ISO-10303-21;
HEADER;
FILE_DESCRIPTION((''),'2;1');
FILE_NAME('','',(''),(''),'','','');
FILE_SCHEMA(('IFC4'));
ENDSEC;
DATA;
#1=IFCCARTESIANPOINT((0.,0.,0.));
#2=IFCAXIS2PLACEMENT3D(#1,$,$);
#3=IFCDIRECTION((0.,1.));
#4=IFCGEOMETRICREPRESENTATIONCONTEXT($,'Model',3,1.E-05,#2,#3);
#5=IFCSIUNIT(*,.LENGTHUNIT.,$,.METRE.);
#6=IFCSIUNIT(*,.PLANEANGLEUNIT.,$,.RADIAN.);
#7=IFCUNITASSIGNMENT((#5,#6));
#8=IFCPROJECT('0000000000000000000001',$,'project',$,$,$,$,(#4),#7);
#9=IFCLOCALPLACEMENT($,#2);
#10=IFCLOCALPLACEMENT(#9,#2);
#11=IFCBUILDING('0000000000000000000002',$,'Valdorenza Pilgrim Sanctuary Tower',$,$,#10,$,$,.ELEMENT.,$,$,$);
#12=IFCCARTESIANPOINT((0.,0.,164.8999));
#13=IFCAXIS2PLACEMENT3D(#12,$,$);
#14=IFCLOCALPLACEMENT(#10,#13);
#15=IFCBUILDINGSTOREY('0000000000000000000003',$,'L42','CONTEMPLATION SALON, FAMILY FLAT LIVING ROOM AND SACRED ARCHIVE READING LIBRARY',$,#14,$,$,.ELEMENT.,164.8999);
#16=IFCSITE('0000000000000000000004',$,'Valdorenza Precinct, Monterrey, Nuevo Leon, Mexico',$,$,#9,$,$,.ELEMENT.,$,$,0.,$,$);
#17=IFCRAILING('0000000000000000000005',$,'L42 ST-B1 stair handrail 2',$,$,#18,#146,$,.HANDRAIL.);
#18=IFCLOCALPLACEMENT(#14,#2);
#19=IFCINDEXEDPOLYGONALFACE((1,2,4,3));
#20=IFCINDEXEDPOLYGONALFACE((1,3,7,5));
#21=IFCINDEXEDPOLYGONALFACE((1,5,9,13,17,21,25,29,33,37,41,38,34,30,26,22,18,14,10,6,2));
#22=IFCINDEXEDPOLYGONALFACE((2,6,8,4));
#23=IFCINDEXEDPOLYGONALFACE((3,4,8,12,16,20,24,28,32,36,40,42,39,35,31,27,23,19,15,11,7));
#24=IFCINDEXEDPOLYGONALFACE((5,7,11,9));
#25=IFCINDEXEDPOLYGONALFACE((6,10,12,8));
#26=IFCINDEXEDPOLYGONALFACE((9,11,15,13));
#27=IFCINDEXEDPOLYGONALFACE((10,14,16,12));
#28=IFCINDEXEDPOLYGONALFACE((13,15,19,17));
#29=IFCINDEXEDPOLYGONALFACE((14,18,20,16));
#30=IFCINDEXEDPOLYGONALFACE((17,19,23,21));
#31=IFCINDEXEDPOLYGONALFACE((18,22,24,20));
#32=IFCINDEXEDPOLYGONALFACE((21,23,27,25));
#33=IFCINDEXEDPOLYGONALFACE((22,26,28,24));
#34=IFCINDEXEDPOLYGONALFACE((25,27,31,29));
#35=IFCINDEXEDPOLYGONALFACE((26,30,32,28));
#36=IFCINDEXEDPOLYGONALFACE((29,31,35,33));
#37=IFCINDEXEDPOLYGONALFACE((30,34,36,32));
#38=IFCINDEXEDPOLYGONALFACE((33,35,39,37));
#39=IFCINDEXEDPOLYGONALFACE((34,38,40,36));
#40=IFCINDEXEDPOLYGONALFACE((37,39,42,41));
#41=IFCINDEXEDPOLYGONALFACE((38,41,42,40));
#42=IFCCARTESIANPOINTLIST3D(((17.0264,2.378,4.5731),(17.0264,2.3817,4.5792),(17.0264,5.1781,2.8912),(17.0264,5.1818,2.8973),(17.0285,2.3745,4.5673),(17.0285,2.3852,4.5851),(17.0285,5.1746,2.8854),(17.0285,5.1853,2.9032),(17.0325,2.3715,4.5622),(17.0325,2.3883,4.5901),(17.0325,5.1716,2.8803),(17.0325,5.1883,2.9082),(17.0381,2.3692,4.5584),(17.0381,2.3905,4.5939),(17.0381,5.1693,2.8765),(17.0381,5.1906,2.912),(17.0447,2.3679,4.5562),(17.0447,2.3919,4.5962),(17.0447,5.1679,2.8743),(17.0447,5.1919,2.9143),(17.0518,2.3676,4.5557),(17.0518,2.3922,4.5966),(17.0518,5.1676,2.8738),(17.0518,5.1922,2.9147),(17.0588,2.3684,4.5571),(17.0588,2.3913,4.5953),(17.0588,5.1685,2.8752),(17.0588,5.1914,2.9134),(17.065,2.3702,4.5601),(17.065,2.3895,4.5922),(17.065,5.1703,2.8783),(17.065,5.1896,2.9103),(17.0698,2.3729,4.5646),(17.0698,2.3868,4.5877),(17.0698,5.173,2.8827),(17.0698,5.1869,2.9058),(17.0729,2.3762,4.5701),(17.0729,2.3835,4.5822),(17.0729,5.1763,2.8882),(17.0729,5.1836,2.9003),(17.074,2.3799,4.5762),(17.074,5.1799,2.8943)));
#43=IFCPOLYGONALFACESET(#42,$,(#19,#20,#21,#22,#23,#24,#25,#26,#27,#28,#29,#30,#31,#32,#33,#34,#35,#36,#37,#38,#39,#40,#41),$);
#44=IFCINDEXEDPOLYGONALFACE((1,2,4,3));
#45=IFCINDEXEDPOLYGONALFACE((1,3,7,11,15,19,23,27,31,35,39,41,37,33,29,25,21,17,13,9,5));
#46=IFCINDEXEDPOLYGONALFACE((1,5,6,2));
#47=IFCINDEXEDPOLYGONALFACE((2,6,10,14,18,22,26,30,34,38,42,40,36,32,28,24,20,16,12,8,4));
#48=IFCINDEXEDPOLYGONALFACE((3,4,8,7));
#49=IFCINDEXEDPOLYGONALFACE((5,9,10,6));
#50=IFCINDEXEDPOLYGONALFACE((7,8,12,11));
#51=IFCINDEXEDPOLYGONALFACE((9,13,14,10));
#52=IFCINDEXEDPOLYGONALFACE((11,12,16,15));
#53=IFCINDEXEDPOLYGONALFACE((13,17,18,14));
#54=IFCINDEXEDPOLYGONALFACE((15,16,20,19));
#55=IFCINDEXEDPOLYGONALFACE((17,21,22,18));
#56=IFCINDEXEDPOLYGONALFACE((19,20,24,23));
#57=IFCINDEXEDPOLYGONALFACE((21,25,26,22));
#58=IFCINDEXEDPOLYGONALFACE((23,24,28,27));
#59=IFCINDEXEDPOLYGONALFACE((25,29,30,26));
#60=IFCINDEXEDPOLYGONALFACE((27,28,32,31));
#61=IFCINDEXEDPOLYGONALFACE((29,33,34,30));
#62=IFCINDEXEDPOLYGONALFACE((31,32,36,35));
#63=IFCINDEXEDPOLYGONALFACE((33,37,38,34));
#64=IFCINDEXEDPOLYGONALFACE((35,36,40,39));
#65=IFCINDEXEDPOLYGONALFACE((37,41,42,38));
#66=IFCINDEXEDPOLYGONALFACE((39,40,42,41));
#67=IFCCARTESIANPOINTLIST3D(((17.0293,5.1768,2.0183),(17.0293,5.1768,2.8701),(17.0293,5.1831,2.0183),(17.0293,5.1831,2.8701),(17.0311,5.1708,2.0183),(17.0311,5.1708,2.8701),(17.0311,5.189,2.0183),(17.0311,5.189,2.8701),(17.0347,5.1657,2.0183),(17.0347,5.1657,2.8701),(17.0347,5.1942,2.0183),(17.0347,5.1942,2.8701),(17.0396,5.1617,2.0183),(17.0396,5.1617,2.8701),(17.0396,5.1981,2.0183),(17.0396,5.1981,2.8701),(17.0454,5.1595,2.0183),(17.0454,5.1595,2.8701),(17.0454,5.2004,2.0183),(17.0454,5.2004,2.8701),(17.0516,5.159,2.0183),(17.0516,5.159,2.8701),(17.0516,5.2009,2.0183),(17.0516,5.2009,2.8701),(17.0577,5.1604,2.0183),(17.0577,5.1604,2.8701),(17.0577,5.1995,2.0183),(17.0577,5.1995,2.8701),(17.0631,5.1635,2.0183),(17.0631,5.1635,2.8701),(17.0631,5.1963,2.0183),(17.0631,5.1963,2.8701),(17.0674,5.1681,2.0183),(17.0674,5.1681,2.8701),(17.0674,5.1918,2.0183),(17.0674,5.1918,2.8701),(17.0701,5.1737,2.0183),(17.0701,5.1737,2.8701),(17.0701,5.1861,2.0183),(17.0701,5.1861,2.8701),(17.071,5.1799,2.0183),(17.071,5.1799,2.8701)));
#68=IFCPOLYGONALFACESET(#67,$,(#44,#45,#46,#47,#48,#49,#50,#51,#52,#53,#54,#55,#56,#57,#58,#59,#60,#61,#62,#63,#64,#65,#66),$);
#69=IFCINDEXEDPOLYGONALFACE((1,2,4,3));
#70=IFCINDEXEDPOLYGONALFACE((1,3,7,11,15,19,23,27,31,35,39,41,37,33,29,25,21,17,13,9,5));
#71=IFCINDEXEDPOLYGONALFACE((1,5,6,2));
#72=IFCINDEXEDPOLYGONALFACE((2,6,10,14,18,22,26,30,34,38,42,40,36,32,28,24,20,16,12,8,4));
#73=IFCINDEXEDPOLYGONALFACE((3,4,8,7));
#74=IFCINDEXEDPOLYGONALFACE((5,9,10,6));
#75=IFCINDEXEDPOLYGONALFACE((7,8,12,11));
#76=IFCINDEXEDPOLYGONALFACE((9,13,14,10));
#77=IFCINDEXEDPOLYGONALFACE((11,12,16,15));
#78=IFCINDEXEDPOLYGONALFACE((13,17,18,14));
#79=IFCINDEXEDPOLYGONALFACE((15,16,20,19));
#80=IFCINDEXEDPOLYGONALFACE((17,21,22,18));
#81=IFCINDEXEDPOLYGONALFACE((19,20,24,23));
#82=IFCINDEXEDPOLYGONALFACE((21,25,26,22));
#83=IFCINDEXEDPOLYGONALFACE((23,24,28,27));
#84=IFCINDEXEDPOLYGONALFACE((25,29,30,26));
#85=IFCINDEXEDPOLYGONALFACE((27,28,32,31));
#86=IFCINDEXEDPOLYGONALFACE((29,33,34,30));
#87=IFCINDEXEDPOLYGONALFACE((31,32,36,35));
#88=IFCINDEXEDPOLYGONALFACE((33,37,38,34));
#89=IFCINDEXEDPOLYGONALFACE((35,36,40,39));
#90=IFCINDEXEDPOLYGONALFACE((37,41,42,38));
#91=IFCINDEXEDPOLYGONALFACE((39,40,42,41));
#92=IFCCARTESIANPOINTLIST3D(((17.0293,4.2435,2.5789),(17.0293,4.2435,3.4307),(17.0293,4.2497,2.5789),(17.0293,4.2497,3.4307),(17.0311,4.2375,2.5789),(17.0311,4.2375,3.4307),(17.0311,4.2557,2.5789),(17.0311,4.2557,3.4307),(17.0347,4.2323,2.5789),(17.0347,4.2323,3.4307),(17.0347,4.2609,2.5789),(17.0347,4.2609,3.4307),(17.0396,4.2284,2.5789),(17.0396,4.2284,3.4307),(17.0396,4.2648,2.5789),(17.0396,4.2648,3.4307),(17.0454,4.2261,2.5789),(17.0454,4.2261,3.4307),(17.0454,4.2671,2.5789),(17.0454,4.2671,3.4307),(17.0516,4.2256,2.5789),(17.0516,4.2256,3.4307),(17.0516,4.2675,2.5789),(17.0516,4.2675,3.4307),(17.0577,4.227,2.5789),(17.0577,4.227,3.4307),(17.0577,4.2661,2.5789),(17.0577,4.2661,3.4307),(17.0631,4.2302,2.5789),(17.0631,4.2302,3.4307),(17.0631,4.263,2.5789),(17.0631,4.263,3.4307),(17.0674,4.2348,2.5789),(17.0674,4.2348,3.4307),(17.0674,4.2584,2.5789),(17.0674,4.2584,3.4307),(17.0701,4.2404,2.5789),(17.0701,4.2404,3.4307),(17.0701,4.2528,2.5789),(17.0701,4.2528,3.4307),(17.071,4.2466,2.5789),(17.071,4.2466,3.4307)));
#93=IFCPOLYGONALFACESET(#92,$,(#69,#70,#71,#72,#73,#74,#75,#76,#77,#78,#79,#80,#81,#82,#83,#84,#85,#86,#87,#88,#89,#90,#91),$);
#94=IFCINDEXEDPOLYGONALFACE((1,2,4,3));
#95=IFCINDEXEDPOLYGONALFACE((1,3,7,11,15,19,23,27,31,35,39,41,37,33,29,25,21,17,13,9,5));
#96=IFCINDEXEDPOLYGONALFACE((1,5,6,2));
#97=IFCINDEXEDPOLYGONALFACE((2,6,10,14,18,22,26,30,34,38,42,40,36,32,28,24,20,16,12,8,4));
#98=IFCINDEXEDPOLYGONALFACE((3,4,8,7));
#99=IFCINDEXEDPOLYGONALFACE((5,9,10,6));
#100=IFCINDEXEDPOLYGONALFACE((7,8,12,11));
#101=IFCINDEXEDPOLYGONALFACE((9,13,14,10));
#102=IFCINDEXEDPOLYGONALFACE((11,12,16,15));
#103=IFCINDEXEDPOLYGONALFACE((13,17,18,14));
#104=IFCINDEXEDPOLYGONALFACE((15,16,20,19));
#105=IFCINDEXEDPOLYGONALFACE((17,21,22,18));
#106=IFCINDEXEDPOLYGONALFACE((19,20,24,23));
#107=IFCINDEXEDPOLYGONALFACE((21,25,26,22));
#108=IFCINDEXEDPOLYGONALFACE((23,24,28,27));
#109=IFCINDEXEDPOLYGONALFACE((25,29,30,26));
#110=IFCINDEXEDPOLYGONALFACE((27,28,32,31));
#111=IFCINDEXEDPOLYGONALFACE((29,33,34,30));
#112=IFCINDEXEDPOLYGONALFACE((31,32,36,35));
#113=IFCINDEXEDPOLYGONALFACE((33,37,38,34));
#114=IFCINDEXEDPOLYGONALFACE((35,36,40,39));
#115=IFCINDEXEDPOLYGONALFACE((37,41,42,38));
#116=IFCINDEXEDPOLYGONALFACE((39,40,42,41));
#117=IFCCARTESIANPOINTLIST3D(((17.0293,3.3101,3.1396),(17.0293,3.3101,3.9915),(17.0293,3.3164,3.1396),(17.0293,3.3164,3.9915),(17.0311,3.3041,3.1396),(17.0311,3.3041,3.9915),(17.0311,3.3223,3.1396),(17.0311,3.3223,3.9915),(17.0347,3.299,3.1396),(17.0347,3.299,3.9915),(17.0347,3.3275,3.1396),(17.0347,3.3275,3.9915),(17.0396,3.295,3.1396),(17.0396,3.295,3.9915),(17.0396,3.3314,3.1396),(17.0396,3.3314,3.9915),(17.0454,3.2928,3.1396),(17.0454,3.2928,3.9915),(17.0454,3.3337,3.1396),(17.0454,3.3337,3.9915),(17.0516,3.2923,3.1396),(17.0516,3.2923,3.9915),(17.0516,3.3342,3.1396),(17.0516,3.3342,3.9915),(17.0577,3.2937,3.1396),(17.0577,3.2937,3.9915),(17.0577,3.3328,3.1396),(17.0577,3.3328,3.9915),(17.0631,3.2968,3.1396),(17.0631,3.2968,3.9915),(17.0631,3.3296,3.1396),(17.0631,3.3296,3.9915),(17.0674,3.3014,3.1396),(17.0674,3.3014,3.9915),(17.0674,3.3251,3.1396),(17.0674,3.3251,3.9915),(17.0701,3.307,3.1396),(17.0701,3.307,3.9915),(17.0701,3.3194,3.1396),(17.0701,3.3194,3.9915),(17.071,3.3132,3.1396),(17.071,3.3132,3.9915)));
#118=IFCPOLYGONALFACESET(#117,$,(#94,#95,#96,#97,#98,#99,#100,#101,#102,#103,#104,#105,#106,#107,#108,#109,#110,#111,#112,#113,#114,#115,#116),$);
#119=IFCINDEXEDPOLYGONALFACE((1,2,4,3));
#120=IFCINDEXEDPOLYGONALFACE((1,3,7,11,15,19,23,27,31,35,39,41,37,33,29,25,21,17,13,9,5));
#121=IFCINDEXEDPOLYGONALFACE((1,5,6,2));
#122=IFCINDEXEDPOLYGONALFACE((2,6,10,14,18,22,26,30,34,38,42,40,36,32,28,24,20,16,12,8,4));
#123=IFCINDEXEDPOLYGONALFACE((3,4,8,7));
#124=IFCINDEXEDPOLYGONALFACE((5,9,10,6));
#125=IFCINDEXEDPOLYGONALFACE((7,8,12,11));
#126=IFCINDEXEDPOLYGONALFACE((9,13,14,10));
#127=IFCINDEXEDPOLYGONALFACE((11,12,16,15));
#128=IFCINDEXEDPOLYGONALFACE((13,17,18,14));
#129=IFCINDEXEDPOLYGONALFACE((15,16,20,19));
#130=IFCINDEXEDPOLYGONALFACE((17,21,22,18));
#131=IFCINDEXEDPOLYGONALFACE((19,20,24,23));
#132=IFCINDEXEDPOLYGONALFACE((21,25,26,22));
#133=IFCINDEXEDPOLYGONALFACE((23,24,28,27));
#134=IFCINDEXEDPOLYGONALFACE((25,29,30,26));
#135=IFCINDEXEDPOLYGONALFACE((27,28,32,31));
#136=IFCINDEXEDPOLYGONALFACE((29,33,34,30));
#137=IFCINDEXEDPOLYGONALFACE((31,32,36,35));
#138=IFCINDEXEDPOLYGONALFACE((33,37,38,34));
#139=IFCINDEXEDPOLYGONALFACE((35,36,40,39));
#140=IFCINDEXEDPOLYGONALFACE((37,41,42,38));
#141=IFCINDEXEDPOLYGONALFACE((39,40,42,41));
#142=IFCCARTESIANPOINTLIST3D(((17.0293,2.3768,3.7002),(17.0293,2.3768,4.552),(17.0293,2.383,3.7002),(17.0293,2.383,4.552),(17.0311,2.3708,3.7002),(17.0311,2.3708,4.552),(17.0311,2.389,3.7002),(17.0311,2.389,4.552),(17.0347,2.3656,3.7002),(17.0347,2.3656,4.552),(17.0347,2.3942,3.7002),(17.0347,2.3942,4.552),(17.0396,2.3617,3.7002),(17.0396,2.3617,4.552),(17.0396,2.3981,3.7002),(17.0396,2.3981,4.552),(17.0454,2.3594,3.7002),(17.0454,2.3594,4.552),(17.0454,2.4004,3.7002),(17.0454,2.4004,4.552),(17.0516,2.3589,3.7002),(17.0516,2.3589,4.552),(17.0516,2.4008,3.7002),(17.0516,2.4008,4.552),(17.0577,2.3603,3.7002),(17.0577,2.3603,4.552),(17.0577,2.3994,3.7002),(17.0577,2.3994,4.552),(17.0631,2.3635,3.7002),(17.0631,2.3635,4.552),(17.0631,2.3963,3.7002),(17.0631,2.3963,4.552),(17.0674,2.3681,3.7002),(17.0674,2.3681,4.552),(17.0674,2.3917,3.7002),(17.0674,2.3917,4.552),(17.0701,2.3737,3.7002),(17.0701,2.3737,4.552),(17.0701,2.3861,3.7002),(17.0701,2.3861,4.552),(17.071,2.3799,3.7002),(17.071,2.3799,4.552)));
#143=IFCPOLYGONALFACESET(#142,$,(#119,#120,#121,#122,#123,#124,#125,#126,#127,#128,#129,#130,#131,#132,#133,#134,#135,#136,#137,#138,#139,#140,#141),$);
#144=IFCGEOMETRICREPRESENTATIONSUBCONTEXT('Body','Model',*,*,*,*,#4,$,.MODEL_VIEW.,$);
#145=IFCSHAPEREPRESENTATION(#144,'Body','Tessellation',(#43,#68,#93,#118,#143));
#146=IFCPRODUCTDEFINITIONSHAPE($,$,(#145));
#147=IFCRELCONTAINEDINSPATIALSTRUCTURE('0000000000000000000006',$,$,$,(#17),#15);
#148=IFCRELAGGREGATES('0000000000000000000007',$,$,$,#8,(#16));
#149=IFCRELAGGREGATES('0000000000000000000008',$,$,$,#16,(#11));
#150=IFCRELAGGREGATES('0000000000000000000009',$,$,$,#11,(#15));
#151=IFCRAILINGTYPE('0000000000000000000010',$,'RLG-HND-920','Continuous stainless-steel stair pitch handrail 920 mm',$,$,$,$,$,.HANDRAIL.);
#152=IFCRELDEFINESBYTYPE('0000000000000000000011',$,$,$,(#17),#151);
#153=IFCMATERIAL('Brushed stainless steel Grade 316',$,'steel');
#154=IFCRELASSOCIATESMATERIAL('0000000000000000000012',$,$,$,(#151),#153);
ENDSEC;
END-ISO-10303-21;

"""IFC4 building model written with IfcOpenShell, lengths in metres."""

from ifc_helpers import new_model, si_unit, direction, frame, origin, origin_2d, place, context, subcontext, project, spatial, circle, extrude, material, type_object, element, save


model = new_model("IFC4")

# Units and contexts
model_context = context("Model", 3, precision=1e-05, world=origin(), true_north=direction((0.0, 1.0)))
body_context = subcontext(model_context, "Body", "Model", "MODEL_VIEW")
ifc_project = project(units=[si_unit("LENGTHUNIT", "METRE"), si_unit("PLANEANGLEUNIT", "RADIAN")], contexts=[model_context])

# Site, building, storey
site_placement = place(None, origin())
site = spatial("IfcSite", under=ifc_project, at=site_placement, Name="Valdorenza Precinct, Monterrey, Nuevo Leon, Mexico", CompositionType="ELEMENT", RefElevation=0.0)
building_placement = place(site_placement, origin())
building = spatial("IfcBuilding", under=site, at=building_placement, Name="Valdorenza Pilgrim Sanctuary Tower", CompositionType="ELEMENT")
storey_placement = place(building_placement, frame((0.0, 0.0, 164.8999)))
storey = spatial("IfcBuildingStorey", under=building, at=storey_placement, Name="L42", Description="CONTEMPLATION SALON, FAMILY FLAT LIVING ROOM AND SACRED ARCHIVE READING LIBRARY", CompositionType="ELEMENT", Elevation=164.8999)

# Shared definitions
ifc_material_1 = material(Name="Brushed stainless steel Grade 316", Category="steel")

# Railing
railing_type_1 = type_object("IfcRailingType", Name="RLG-HND-920", Description="Continuous stainless-steel stair pitch handrail 920 mm", PredefinedType="HANDRAIL", material=ifc_material_1)
railing_1_placement = place(storey_placement, frame((17.05, 5.1799, 2.0183)))
element("IfcRailing", 1, at=railing_1_placement, inside=storey, type_object=railing_type_1, Name="L42 ST-B1 stair handrail 2", PredefinedType="HANDRAIL", context=body_context, shape_type="SweptSolid", body=[
    extrude(circle(Radius=0.0239, at=origin_2d()), frame((0.0, 0.0, 0.876), z_axis=(0.0, -0.857242, 0.514913), x_axis=(1.0, 0.0, 0.0)), (0.0, 0.0, 1.0), 3.2664),
    extrude(circle(Radius=0.021, at=origin_2d()), origin(), (0.0, 0.0, 1.0), 0.8518),
    extrude(circle(Radius=0.021, at=origin_2d()), frame((0.0, -0.9333, 0.5605)), (0.0, 0.0, 1.0), 0.8518),
    extrude(circle(Radius=0.021, at=origin_2d()), frame((0.0, -1.8667, 1.1213)), (0.0, 0.0, 1.0), 0.8518),
    extrude(circle(Radius=0.021, at=origin_2d()), frame((0.0, -2.8, 1.6819)), (0.0, 0.0, 1.0), 0.8518),
])

save(model, "model.ifc")
